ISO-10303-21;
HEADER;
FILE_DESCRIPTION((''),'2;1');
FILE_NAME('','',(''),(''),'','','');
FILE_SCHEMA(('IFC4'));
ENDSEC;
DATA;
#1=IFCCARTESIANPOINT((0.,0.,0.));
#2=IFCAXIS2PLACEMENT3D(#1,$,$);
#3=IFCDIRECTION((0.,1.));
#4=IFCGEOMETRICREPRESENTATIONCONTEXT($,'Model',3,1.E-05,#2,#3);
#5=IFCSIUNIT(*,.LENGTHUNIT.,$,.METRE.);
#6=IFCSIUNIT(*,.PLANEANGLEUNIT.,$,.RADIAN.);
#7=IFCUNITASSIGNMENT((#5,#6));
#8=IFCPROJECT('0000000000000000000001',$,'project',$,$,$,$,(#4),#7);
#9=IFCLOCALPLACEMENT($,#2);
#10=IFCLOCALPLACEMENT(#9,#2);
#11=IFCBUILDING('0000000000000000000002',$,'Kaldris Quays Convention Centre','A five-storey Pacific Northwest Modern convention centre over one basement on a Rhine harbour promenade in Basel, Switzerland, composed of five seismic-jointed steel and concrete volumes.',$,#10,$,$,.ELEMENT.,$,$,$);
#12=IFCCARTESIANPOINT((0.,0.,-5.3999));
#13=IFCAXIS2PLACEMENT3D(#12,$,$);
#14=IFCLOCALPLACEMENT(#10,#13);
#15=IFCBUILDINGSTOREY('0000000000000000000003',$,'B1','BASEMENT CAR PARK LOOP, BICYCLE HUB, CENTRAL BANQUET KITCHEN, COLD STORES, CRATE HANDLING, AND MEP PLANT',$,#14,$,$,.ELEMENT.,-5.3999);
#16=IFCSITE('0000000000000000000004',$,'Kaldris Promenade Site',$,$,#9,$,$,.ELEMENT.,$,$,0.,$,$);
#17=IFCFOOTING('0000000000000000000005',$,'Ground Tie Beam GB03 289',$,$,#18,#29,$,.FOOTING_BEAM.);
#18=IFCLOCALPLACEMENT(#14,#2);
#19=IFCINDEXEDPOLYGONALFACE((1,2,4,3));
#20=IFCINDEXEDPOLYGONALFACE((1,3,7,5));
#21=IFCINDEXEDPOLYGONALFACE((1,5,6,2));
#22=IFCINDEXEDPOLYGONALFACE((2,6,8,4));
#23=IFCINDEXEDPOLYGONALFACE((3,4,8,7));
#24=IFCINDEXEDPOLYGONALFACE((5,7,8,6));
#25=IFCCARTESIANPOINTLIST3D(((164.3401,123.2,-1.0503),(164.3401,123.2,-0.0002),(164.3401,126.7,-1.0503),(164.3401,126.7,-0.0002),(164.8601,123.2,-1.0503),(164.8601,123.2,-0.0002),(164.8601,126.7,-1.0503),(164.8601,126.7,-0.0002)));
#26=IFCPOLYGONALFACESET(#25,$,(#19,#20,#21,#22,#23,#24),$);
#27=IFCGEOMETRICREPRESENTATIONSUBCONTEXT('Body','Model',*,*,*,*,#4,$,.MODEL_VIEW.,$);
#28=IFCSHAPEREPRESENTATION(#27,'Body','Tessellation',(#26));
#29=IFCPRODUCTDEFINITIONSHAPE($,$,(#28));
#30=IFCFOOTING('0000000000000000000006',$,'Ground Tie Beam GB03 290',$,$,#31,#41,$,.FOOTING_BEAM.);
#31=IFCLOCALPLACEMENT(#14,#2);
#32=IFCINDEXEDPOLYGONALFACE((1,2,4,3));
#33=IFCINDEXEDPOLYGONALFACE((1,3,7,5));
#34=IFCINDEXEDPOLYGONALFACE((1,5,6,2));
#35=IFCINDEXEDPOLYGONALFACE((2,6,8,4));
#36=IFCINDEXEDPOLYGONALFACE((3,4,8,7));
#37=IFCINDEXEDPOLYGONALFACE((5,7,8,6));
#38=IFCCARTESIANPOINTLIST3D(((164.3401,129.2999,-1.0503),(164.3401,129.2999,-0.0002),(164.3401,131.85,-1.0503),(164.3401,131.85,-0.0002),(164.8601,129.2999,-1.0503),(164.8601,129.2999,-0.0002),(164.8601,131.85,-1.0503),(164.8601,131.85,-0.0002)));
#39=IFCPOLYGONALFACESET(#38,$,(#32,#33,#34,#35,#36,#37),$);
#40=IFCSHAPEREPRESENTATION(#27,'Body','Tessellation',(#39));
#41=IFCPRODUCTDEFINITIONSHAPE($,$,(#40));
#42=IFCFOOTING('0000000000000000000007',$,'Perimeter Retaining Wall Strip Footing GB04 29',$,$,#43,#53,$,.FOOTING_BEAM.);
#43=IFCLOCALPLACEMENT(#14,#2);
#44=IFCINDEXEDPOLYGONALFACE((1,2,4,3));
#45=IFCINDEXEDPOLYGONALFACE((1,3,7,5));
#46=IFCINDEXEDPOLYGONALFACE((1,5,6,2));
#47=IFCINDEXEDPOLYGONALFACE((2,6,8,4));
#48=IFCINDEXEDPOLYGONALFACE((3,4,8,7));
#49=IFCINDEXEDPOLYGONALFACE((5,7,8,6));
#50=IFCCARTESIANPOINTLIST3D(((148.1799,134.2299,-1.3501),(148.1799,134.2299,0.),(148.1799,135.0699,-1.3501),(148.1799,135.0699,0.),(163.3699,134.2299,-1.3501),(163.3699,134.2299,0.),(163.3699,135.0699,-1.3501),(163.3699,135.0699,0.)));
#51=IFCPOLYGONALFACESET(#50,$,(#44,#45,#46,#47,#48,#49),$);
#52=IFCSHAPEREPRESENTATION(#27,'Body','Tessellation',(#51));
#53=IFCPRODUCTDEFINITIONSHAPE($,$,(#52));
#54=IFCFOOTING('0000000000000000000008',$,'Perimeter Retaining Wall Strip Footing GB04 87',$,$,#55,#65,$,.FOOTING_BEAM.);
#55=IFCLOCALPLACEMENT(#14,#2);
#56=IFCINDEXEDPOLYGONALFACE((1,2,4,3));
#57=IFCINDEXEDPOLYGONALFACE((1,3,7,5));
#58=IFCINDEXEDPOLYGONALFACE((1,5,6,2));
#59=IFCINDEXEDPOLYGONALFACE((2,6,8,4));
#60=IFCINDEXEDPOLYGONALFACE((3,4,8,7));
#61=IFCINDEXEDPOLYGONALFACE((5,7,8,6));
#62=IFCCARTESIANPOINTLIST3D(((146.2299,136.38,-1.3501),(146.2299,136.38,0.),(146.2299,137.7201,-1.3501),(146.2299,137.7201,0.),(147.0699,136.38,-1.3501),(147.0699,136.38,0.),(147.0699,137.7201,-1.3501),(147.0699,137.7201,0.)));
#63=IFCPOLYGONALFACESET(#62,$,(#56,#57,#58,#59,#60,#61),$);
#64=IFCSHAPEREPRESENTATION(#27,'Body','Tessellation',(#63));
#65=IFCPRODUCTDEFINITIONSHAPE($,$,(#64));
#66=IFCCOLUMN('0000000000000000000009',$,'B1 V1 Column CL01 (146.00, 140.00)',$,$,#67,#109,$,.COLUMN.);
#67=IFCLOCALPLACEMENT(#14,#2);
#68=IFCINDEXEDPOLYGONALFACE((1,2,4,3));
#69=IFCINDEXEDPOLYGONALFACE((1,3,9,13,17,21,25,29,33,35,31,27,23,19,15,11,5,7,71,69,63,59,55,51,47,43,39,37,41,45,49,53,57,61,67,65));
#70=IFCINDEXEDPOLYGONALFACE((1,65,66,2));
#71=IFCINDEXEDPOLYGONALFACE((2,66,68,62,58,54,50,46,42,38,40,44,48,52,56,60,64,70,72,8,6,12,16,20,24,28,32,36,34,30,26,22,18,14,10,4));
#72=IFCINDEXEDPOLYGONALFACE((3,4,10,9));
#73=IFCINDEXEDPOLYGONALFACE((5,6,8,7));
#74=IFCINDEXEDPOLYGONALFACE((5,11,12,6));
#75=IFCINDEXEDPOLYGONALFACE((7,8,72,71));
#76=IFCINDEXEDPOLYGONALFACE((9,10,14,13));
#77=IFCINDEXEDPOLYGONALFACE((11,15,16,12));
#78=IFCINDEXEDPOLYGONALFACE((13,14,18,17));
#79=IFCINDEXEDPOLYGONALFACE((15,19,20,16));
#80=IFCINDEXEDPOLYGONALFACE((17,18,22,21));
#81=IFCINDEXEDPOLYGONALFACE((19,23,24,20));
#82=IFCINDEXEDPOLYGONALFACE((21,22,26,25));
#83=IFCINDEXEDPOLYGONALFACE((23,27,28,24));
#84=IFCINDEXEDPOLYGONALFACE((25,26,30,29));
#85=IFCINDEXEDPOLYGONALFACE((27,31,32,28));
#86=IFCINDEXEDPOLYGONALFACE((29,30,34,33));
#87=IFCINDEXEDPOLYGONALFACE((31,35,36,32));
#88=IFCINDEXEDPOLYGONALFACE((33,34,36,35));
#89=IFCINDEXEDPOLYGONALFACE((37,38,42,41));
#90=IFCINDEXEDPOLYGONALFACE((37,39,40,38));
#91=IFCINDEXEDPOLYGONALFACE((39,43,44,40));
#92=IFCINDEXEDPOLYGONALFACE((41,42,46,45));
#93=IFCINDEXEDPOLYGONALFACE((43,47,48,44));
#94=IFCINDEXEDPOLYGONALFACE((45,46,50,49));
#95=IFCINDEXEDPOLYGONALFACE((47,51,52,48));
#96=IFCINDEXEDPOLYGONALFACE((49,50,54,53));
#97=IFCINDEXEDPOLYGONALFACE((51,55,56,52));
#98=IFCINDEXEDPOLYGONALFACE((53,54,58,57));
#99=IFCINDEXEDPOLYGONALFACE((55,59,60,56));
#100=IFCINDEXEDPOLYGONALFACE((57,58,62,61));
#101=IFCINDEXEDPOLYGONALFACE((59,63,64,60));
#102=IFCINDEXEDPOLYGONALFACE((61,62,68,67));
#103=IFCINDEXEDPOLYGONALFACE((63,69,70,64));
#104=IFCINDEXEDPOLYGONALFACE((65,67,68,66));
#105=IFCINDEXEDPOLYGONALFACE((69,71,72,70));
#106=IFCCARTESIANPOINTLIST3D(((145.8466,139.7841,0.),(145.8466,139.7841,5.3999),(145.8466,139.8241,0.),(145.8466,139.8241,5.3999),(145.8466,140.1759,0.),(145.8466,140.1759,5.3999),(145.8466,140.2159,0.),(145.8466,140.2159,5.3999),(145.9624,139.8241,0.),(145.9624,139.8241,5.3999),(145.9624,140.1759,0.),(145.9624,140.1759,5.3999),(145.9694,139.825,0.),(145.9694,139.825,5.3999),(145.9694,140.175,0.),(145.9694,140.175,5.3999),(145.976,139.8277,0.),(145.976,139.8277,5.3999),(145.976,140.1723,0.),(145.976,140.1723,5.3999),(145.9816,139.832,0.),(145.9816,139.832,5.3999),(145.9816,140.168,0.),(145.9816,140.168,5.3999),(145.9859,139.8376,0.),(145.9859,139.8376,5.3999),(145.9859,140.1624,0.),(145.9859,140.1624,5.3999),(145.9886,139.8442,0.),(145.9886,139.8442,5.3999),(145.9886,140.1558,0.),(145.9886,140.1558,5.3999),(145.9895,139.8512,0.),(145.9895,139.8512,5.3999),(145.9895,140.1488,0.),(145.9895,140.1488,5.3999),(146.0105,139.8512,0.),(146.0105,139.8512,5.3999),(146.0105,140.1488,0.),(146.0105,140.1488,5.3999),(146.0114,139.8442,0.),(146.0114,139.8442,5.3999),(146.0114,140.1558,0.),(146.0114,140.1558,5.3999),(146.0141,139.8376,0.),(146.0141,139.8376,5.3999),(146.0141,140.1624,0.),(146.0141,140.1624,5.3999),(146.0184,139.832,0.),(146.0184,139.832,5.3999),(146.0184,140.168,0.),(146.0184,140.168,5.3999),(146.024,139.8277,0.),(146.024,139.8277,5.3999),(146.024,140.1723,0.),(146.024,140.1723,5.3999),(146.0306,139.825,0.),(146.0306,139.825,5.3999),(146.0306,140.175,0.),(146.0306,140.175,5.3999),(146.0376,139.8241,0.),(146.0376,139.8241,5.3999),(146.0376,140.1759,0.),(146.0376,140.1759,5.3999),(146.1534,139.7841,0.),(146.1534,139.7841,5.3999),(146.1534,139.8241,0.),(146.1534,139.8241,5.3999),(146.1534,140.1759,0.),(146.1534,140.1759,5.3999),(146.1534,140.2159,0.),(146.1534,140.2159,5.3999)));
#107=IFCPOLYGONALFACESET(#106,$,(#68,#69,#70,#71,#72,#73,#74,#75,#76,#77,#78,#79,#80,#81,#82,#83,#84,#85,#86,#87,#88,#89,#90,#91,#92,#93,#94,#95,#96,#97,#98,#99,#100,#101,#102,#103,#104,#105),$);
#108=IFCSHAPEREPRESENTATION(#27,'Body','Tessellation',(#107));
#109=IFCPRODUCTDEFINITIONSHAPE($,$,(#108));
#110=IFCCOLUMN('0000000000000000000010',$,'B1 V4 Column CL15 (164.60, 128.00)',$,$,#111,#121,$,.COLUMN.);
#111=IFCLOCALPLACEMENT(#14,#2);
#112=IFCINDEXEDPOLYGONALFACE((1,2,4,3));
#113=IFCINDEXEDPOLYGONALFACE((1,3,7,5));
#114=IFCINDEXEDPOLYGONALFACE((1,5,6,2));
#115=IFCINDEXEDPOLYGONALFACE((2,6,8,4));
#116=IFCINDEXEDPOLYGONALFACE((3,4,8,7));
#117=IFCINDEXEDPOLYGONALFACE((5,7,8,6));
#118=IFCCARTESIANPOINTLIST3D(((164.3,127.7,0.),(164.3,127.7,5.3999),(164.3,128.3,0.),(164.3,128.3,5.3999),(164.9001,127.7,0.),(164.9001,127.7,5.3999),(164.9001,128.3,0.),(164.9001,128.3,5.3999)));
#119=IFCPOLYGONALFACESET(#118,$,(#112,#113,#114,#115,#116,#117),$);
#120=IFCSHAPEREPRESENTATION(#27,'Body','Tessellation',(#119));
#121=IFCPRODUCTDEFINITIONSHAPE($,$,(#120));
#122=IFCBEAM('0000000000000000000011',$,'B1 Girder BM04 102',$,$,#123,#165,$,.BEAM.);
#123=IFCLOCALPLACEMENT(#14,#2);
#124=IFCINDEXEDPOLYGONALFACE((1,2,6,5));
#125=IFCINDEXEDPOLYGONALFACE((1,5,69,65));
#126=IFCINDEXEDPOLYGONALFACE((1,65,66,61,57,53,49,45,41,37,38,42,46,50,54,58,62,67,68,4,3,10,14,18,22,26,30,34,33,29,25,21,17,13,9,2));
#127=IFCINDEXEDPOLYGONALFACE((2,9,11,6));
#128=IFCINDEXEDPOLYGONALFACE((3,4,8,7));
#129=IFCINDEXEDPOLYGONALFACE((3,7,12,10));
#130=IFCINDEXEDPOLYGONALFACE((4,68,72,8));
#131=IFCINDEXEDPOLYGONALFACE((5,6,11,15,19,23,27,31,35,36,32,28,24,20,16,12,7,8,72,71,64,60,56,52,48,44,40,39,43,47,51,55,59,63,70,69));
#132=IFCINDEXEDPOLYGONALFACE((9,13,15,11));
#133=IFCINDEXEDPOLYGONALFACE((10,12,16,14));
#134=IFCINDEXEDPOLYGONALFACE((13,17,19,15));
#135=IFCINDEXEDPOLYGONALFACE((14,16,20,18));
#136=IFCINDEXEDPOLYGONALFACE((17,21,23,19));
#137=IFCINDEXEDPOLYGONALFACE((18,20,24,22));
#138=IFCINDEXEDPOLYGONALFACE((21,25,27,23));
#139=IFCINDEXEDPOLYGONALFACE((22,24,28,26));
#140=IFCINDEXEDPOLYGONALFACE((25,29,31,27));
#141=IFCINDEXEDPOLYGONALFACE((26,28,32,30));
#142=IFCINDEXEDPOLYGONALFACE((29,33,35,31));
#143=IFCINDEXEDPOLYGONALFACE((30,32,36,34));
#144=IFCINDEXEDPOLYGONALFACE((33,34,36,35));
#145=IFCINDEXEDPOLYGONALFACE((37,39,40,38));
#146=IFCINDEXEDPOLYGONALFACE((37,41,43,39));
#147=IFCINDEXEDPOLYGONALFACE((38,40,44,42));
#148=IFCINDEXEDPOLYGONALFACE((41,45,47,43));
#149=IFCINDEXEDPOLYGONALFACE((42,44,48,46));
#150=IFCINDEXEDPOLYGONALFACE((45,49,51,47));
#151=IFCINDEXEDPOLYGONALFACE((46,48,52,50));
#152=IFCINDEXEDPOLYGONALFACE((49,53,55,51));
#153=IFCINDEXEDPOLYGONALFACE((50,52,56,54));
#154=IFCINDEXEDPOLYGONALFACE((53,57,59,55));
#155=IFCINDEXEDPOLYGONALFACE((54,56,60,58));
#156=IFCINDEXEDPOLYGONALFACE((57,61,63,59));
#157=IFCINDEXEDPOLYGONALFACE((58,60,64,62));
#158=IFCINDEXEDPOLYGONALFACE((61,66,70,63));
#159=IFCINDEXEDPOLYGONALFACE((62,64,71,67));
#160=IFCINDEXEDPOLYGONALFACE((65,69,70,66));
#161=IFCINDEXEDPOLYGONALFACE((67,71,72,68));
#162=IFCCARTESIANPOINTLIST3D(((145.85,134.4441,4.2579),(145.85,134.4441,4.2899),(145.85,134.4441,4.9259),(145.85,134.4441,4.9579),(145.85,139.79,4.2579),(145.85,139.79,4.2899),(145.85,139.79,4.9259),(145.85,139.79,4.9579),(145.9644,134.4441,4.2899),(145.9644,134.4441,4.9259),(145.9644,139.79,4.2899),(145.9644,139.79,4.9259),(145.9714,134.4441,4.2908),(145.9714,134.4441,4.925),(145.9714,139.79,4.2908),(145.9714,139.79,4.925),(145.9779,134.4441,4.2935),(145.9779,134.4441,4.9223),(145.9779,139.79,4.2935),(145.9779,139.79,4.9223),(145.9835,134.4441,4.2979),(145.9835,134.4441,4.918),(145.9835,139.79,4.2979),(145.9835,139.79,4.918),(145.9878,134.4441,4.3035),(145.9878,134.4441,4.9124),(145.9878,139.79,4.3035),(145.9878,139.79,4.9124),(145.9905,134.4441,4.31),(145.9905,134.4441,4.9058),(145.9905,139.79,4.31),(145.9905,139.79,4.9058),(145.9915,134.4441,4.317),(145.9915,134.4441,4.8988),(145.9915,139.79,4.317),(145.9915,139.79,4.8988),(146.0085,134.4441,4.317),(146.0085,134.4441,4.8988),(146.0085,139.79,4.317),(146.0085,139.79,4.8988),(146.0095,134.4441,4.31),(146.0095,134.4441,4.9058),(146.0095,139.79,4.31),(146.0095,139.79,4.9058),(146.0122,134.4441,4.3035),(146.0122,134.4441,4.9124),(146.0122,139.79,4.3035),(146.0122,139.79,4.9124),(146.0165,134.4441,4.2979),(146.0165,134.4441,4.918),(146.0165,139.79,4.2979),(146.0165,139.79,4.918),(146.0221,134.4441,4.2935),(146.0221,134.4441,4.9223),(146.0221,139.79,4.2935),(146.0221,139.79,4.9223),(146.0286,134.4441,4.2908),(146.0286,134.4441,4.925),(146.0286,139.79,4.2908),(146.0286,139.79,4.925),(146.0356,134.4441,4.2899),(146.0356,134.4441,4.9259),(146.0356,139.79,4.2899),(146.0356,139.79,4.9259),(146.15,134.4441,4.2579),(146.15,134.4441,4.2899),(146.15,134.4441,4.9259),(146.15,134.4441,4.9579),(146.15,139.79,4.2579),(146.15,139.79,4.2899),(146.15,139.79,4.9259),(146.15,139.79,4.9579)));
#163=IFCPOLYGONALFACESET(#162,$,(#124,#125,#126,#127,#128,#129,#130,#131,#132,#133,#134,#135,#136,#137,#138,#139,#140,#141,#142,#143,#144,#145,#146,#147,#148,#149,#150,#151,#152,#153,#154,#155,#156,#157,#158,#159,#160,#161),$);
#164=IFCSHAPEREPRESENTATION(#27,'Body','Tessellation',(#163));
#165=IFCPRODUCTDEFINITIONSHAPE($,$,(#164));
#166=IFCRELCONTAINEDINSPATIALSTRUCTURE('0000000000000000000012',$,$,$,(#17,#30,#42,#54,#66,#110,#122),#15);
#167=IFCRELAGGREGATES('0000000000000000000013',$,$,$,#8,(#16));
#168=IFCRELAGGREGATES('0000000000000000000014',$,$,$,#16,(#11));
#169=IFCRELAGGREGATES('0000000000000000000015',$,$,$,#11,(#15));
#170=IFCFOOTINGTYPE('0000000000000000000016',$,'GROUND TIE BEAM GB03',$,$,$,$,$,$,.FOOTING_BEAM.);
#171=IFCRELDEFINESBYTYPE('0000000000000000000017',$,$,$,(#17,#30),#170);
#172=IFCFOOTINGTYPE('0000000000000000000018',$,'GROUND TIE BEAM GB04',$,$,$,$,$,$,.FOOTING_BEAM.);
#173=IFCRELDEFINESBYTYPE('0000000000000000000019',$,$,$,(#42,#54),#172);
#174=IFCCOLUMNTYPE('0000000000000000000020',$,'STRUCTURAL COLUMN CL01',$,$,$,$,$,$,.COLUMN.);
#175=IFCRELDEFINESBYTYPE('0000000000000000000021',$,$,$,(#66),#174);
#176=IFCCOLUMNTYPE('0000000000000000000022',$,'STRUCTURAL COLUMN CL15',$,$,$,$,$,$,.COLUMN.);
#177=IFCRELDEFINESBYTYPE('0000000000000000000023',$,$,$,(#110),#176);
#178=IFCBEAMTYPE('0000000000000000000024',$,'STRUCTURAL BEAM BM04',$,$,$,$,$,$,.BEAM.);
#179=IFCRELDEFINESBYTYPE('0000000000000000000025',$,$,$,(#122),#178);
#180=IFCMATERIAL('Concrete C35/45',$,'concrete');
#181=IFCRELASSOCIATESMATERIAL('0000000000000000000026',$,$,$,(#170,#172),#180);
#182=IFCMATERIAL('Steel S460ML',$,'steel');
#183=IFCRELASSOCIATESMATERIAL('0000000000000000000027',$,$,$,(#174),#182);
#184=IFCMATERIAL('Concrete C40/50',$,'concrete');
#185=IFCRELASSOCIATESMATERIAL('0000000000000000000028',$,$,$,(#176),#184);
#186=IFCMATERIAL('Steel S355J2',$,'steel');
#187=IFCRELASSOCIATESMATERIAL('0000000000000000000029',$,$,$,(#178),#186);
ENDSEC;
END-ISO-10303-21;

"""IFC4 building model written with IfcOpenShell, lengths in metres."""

from ifc_helpers import new_model, si_unit, direction, frame, origin, origin_2d, place, context, subcontext, project, spatial, rectangle, i_section, extrude, material, material_profile, profile_set, type_object, element, save


model = new_model("IFC4")

# Units and contexts
model_context = context("Model", 3, precision=1e-05, world=origin(), true_north=direction((0.0, 1.0)))
body_context = subcontext(model_context, "Body", "Model", "MODEL_VIEW")
ifc_project = project(units=[si_unit("LENGTHUNIT", "METRE"), si_unit("PLANEANGLEUNIT", "RADIAN")], contexts=[model_context])

# Site, building, storey
site_placement = place(None, origin())
site = spatial("IfcSite", under=ifc_project, at=site_placement, Name="Kaldris Promenade Site", CompositionType="ELEMENT", RefElevation=0.0)
building_placement = place(site_placement, origin())
building = spatial("IfcBuilding", under=site, at=building_placement, Name="Kaldris Quays Convention Centre", Description="A five-storey Pacific Northwest Modern convention centre over one basement on a Rhine harbour promenade in Basel, Switzerland, composed of five seismic-jointed steel and concrete volumes.", CompositionType="ELEMENT")
storey_placement = place(building_placement, frame((0.0, 0.0, -5.3999)))
storey = spatial("IfcBuildingStorey", under=building, at=storey_placement, Name="B1", Description="BASEMENT CAR PARK LOOP, BICYCLE HUB, CENTRAL BANQUET KITCHEN, COLD STORES, CRATE HANDLING, AND MEP PLANT", CompositionType="ELEMENT", Elevation=-5.3999)

# Shared definitions
ifc_material_1 = material(Name="Concrete C35/45", Category="concrete")

# Footings
footing_type_1 = type_object("IfcFootingType", Name="GROUND TIE BEAM GB03", PredefinedType="FOOTING_BEAM", material=ifc_material_1)
footing_1_placement = place(storey_placement, frame((164.6001, 124.95, -1.0503), z_axis=(0.0, 0.0, 1.0), x_axis=(1.0, 0.0, 0.0)))
element("IfcFooting", 1, at=footing_1_placement, inside=storey, type_object=footing_type_1, Name="Ground Tie Beam GB03 289", PredefinedType="FOOTING_BEAM", context=body_context, shape_type="SweptSolid", body=[
    extrude(rectangle(XDim=0.52, YDim=3.5, at=origin_2d()), origin(), (0.0, 0.0, 1.0), 1.05),
])
footing_2_placement = place(storey_placement, frame((164.6001, 130.575, -1.0503), z_axis=(0.0, 0.0, 1.0), x_axis=(1.0, 0.0, 0.0)))
element("IfcFooting", 2, at=footing_2_placement, inside=storey, type_object=footing_type_1, Name="Ground Tie Beam GB03 290", PredefinedType="FOOTING_BEAM", context=body_context, shape_type="SweptSolid", body=[
    extrude(rectangle(XDim=0.52, YDim=2.55, at=origin_2d()), origin(), (0.0, 0.0, 1.0), 1.05),
])
footing_type_2 = type_object("IfcFootingType", Name="GROUND TIE BEAM GB04", PredefinedType="FOOTING_BEAM", material=ifc_material_1)
footing_3_placement = place(storey_placement, frame((155.7749, 134.6499, -1.3501), z_axis=(0.0, 0.0, 1.0), x_axis=(1.0, 0.0, 0.0)))
element("IfcFooting", 3, at=footing_3_placement, inside=storey, type_object=footing_type_2, Name="Perimeter Retaining Wall Strip Footing GB04 29", PredefinedType="FOOTING_BEAM", context=body_context, shape_type="SweptSolid", body=[
    extrude(rectangle(XDim=15.1899, YDim=0.8401, at=origin_2d()), origin(), (0.0, 0.0, 1.0), 1.3501),
])
footing_4_placement = place(storey_placement, frame((146.6499, 137.05, -1.3501), z_axis=(0.0, 0.0, 1.0), x_axis=(1.0, 0.0, 0.0)))
element("IfcFooting", 4, at=footing_4_placement, inside=storey, type_object=footing_type_2, Name="Perimeter Retaining Wall Strip Footing GB04 87", PredefinedType="FOOTING_BEAM", context=body_context, shape_type="SweptSolid", body=[
    extrude(rectangle(XDim=0.8401, YDim=1.3401, at=origin_2d()), origin(), (0.0, 0.0, 1.0), 1.3501),
])

# Columns
ifc_material_2 = material(Name="Steel S460ML", Category="steel")
ifc_material_profile_1 = material_profile(ifc_material_2, i_section(OverallWidth=0.3069, OverallDepth=0.4319, WebThickness=0.021, FlangeThickness=0.04, FilletRadius=0.0271, at=origin_2d()), Name="HEM 400")
ifc_profile_set_1 = profile_set([ifc_material_profile_1], Name="Steel S460ML")
column_type_1 = type_object("IfcColumnType", Name="STRUCTURAL COLUMN CL01", PredefinedType="COLUMN", material=ifc_profile_set_1)
column_1_placement = place(storey_placement, frame((146.0, 140.0, 0.0), z_axis=(0.0, 0.0, 1.0), x_axis=(1.0, 0.0, 0.0)))
element("IfcColumn", 5, at=column_1_placement, inside=storey, type_object=column_type_1, Name="B1 V1 Column CL01 (146.00, 140.00)", PredefinedType="COLUMN", context=body_context, shape_type="SweptSolid", body=[
    extrude(i_section(OverallWidth=0.3069, OverallDepth=0.4319, WebThickness=0.021, FlangeThickness=0.04, FilletRadius=0.0271, at=origin_2d()), origin(), (0.0, 0.0, 1.0), 5.3999),
])
ifc_material_3 = material(Name="Concrete C40/50", Category="concrete")
ifc_material_profile_2 = material_profile(ifc_material_3, rectangle(XDim=0.6001, YDim=0.6001, at=origin_2d()), Name="RC 600x600")
ifc_profile_set_2 = profile_set([ifc_material_profile_2], Name="Concrete C40/50")
column_type_2 = type_object("IfcColumnType", Name="STRUCTURAL COLUMN CL15", PredefinedType="COLUMN", material=ifc_profile_set_2)
column_2_placement = place(storey_placement, frame((164.6001, 128.0, 0.0), z_axis=(0.0, 0.0, 1.0), x_axis=(1.0, 0.0, 0.0)))
element("IfcColumn", 6, at=column_2_placement, inside=storey, type_object=column_type_2, Name="B1 V4 Column CL15 (164.60, 128.00)", PredefinedType="COLUMN", context=body_context, shape_type="SweptSolid", body=[
    extrude(rectangle(XDim=0.6001, YDim=0.6001, at=origin_2d()), origin(), (0.0, 0.0, 1.0), 5.3999),
])

# Beam
ifc_material_4 = material(Name="Steel S355J2", Category="steel")
ifc_material_profile_3 = material_profile(ifc_material_4, i_section(OverallWidth=0.3, OverallDepth=0.7, WebThickness=0.0171, FlangeThickness=0.032, FilletRadius=0.0271, at=origin_2d()), Name="HEB 700")
ifc_profile_set_3 = profile_set([ifc_material_profile_3], Name="Steel S355J2")
beam_type_1 = type_object("IfcBeamType", Name="STRUCTURAL BEAM BM04", PredefinedType="BEAM", material=ifc_profile_set_3)
beam_1_placement = place(storey_placement, frame((146.0, 134.4441, 4.6079), z_axis=(0.0, 1.0, 0.0), x_axis=(-1.0, 0.0, 0.0)))
element("IfcBeam", 7, at=beam_1_placement, inside=storey, type_object=beam_type_1, Name="B1 Girder BM04 102", PredefinedType="BEAM", context=body_context, shape_type="SweptSolid", body=[
    extrude(i_section(OverallWidth=0.3, OverallDepth=0.7, WebThickness=0.0171, FlangeThickness=0.032, FilletRadius=0.0271, at=origin_2d()), origin(), (0.0, 0.0, 1.0), 5.3459),
])

save(model, "model.ifc")
